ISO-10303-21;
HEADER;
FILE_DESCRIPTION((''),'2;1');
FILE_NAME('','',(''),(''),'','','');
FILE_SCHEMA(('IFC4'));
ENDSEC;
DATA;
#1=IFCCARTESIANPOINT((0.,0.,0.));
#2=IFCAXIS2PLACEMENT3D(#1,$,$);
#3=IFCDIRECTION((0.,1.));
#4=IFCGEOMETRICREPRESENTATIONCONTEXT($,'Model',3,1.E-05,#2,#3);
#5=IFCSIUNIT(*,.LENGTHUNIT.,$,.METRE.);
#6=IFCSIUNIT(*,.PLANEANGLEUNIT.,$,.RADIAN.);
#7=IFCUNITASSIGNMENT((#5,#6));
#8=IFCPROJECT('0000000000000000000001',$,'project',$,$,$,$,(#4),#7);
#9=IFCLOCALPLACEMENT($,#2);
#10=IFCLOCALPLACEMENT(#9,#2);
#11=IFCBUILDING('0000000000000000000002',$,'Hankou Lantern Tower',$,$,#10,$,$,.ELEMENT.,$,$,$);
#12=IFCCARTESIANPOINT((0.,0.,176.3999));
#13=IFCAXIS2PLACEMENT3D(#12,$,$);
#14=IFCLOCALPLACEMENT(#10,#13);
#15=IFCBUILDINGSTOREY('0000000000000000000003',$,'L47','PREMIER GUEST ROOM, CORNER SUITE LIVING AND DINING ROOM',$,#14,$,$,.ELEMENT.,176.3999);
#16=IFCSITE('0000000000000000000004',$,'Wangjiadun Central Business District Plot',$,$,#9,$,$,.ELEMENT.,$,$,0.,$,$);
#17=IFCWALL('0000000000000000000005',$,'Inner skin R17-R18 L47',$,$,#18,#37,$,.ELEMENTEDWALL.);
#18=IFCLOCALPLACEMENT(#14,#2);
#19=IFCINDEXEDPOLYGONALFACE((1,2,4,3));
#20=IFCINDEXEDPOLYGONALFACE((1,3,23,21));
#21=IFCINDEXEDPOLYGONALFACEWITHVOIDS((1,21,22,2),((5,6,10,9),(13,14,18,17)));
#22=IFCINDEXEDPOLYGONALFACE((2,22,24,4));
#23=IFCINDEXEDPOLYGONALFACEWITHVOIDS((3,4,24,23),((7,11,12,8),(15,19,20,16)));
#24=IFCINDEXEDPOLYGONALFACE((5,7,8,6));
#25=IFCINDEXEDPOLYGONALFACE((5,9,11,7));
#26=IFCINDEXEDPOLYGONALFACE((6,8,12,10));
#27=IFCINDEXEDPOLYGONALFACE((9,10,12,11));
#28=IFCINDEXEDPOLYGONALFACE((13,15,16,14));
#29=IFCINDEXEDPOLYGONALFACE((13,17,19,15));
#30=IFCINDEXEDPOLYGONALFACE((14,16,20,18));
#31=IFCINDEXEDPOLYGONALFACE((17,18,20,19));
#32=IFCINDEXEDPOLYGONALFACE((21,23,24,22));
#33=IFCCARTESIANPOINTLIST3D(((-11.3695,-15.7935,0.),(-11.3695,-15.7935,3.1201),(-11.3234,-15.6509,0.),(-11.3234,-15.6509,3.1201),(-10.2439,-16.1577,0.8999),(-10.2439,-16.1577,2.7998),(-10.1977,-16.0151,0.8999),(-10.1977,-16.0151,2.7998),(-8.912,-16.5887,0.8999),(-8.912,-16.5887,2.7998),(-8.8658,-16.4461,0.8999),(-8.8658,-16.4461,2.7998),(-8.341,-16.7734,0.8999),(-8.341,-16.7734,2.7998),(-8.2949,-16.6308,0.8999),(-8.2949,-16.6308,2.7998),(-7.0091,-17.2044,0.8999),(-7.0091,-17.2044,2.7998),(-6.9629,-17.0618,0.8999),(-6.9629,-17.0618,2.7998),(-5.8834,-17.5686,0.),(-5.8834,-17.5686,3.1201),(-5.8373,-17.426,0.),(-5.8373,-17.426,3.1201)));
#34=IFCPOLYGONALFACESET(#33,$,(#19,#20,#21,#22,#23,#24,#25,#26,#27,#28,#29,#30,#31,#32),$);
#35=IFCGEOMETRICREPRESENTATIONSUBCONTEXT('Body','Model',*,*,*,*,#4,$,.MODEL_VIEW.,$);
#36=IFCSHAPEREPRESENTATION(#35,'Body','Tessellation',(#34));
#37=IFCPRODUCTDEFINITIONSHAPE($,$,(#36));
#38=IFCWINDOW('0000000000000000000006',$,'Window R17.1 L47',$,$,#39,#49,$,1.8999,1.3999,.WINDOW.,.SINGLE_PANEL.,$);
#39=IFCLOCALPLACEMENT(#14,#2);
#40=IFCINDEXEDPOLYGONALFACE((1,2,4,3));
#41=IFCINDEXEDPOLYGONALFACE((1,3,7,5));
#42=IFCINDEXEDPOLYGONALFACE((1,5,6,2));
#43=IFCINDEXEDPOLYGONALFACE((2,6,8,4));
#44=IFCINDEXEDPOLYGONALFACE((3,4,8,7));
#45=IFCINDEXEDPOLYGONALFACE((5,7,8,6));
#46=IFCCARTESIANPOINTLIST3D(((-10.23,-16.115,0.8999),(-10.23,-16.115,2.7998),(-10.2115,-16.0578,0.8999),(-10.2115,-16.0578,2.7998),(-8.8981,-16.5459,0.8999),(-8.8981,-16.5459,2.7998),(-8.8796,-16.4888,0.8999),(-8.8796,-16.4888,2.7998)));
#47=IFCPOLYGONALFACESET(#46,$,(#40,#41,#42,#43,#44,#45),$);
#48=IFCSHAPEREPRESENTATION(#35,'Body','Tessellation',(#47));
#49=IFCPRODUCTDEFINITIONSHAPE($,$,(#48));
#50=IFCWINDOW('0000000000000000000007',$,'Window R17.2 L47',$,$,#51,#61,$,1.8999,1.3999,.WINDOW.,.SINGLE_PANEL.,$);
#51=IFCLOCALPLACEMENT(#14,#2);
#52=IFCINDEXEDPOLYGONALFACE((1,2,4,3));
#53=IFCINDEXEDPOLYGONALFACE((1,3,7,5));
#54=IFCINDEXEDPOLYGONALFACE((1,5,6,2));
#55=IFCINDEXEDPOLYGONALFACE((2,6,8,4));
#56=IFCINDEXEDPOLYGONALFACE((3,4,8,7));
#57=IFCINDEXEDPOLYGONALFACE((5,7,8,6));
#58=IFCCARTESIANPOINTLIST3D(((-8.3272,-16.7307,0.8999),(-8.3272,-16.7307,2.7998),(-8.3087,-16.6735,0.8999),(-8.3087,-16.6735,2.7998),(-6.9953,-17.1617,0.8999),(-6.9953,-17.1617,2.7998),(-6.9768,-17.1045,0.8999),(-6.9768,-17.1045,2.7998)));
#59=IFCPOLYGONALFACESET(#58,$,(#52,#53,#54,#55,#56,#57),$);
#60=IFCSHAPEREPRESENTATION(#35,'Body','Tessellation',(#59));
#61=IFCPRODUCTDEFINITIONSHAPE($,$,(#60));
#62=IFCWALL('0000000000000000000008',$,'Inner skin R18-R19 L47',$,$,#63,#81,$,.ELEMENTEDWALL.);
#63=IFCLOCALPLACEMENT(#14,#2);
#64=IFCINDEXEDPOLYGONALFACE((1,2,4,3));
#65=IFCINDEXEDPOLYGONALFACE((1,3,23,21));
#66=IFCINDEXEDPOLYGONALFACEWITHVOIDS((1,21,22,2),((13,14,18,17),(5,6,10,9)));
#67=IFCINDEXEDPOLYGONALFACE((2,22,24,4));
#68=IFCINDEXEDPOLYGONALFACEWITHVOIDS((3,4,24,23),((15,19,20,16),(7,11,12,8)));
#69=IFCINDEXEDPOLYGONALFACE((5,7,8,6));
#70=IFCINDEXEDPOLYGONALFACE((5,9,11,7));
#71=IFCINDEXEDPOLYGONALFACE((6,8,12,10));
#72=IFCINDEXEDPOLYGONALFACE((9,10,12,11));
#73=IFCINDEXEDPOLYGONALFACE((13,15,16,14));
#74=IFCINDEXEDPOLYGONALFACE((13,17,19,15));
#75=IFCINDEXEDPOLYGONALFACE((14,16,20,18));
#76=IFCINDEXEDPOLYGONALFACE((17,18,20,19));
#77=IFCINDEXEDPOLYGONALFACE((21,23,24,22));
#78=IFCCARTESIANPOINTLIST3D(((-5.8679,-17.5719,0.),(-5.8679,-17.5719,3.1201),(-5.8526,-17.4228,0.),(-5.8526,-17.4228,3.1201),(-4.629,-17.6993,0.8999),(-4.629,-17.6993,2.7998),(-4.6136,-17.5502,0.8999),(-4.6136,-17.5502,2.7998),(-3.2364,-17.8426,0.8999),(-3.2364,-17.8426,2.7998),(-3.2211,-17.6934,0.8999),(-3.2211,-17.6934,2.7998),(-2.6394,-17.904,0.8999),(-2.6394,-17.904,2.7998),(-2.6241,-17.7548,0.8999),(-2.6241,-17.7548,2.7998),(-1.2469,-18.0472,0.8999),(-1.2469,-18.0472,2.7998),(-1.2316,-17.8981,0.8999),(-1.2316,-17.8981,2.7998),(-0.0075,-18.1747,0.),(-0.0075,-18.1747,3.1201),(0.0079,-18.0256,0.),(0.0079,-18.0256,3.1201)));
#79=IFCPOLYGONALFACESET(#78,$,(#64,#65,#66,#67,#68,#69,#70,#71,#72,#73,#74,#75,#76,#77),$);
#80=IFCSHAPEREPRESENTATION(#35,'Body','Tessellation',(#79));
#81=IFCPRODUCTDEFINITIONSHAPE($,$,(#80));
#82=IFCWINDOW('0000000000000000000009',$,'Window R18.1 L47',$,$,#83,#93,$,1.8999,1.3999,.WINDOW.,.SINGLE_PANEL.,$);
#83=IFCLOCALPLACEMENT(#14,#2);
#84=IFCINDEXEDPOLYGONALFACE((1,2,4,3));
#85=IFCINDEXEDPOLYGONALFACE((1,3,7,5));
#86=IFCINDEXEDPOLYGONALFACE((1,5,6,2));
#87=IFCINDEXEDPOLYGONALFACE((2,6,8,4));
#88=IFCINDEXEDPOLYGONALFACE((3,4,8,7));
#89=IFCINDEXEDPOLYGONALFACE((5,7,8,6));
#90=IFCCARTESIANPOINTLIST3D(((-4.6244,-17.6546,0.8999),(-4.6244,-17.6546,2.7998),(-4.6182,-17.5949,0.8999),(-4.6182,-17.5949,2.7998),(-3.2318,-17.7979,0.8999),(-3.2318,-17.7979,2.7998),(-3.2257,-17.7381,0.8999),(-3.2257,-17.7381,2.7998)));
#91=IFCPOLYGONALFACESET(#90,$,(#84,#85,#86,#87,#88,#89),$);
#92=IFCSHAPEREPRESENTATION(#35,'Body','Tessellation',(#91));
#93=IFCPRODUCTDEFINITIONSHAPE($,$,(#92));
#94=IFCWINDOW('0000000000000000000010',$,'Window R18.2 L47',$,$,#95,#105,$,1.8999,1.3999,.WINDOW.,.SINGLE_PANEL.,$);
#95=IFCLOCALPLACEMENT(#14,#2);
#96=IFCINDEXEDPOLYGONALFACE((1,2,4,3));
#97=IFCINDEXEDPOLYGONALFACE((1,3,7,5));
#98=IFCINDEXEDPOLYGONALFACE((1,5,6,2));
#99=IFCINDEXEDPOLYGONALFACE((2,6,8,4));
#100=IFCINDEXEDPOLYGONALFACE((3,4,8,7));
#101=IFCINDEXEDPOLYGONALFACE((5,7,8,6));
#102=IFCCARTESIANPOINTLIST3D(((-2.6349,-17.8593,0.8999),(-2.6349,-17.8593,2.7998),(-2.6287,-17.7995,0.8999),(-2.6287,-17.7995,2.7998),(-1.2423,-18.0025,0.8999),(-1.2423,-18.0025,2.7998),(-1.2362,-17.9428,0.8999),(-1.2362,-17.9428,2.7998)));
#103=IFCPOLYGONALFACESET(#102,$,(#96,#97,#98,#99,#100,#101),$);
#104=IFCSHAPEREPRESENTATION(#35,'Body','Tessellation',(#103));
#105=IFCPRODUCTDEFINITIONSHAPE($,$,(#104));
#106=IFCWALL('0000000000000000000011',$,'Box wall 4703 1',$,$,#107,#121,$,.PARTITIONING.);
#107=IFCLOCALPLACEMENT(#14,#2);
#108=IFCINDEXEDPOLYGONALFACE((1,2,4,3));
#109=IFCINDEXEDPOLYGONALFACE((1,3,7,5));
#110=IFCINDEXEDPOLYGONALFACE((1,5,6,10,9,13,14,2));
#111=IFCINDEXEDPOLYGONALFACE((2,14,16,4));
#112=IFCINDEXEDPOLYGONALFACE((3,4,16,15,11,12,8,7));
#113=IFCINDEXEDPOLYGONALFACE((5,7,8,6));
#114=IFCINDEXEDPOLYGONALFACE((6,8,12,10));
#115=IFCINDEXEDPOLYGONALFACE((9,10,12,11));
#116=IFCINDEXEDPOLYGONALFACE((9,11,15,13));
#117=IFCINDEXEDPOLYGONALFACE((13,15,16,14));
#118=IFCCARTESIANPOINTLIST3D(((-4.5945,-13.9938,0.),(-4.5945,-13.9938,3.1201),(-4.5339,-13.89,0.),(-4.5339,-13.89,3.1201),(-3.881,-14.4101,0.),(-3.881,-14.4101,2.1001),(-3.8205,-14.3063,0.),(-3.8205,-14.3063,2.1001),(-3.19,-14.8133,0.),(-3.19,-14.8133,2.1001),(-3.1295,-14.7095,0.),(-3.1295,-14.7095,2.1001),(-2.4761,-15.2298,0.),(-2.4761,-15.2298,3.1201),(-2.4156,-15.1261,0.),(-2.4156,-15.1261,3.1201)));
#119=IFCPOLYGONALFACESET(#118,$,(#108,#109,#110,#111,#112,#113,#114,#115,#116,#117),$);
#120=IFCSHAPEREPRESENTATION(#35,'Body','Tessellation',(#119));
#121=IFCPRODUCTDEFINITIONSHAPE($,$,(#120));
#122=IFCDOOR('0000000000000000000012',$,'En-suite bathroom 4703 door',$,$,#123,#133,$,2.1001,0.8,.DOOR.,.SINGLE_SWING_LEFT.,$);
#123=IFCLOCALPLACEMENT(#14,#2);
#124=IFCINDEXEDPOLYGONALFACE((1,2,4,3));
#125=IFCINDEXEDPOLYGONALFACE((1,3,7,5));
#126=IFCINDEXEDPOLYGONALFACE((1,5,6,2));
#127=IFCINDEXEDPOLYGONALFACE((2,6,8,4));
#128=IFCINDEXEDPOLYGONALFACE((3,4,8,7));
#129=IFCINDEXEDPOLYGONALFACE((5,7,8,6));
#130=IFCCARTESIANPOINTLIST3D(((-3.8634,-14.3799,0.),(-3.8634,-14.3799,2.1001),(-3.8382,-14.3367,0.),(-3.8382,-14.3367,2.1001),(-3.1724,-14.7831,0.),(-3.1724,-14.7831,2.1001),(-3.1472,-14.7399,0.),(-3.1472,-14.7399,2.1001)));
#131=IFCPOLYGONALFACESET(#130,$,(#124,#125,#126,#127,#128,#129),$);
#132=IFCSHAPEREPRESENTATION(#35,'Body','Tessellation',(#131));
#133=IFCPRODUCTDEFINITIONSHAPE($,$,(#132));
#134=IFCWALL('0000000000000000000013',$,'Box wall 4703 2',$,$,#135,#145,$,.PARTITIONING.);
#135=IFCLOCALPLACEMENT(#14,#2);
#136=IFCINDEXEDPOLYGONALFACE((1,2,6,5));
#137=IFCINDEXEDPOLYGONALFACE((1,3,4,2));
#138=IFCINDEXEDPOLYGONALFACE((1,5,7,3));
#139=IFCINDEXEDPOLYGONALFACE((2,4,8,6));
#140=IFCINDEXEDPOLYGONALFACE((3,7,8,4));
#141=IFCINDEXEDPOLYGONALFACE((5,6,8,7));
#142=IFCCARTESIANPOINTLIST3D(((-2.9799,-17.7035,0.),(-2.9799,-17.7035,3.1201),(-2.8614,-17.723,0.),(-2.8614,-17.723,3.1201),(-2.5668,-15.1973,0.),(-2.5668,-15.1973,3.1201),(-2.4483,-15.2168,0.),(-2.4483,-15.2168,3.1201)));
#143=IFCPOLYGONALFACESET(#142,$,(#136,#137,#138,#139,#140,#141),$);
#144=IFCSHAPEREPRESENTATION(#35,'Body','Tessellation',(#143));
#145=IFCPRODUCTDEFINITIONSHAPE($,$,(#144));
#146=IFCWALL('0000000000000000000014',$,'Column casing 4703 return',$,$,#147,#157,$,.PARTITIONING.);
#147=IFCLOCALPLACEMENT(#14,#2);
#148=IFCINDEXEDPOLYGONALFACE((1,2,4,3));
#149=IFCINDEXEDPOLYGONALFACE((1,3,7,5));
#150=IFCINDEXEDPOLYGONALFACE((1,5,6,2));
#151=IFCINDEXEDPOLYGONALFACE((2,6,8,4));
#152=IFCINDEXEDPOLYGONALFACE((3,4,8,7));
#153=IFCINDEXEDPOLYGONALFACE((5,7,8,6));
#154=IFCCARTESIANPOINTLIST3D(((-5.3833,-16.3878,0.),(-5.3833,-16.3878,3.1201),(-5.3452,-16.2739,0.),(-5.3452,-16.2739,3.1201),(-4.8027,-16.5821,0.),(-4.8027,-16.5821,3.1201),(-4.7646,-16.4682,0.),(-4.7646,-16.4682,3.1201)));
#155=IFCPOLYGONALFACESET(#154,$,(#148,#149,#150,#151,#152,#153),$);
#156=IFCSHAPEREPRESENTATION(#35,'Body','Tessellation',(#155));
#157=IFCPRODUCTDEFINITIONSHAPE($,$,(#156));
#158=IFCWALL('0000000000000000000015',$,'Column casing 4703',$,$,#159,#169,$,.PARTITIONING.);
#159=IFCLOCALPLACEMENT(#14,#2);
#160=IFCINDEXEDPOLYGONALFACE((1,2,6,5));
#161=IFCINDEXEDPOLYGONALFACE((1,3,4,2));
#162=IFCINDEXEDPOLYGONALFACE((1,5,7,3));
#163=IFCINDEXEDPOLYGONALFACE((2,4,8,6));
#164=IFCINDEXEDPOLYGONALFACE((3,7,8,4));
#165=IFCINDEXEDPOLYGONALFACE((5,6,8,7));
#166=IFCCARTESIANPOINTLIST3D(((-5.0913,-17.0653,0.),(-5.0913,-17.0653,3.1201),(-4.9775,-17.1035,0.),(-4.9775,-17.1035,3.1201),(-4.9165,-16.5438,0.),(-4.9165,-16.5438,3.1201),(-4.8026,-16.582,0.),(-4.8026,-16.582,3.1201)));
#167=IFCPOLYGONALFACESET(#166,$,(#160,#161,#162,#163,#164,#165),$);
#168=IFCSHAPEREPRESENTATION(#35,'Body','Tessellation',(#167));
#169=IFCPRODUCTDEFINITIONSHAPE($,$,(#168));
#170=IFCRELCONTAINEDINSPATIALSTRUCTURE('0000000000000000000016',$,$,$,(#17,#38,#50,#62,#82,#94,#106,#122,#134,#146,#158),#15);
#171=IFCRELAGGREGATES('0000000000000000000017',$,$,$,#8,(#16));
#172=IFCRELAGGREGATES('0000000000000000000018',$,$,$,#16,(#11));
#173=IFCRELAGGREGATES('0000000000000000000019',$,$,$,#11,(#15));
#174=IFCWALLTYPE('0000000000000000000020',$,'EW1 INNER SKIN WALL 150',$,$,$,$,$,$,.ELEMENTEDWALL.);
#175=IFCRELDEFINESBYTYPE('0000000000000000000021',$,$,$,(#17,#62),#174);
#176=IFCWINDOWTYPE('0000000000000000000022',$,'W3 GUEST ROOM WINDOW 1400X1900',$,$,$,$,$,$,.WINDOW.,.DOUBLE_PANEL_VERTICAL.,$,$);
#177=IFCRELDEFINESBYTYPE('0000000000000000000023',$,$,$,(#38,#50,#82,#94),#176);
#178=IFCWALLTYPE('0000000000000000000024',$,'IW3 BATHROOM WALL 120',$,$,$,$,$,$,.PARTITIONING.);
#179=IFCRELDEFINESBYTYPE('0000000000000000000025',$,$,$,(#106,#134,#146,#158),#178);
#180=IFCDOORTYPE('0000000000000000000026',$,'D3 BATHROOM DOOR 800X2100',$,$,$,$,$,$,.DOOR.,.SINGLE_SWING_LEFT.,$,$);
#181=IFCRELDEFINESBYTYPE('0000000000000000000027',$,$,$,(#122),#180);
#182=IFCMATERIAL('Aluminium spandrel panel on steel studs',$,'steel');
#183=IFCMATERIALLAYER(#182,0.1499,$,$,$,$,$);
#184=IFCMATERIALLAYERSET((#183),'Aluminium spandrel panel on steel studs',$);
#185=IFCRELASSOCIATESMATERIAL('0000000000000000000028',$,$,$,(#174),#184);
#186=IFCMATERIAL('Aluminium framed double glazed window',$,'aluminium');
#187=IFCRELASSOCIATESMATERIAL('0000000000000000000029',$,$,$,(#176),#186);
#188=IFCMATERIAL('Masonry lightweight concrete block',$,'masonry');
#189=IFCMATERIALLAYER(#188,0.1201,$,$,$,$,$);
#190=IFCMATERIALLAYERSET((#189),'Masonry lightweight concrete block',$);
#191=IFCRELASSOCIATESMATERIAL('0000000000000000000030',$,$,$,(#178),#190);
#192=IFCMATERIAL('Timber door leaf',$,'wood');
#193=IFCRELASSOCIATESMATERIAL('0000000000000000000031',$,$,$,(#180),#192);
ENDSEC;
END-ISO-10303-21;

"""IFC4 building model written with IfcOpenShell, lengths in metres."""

from ifc_helpers import new_model, si_unit, direction, frame, frame_2d, origin, place, context, subcontext, project, spatial, rectangle, extrude, material, layer, layer_set, type_object, element, fill, save


model = new_model("IFC4")

# Units and contexts
model_context = context("Model", 3, precision=1e-05, world=origin(), true_north=direction((0.0, 1.0)))
body_context = subcontext(model_context, "Body", "Model", "MODEL_VIEW")
ifc_project = project(units=[si_unit("LENGTHUNIT", "METRE"), si_unit("PLANEANGLEUNIT", "RADIAN")], contexts=[model_context])

# Site, building, storey
site_placement = place(None, origin())
site = spatial("IfcSite", under=ifc_project, at=site_placement, Name="Wangjiadun Central Business District Plot", CompositionType="ELEMENT", RefElevation=0.0)
building_placement = place(site_placement, origin())
building = spatial("IfcBuilding", under=site, at=building_placement, Name="Hankou Lantern Tower", CompositionType="ELEMENT")
storey_placement = place(building_placement, frame((0.0, 0.0, 176.3999)))
storey = spatial("IfcBuildingStorey", under=building, at=storey_placement, Name="L47", Description="PREMIER GUEST ROOM, CORNER SUITE LIVING AND DINING ROOM", CompositionType="ELEMENT", Elevation=176.3999)

# Walls, openings, windows
ifc_material_1 = material(Name="Aluminium spandrel panel on steel studs", Category="steel")
ifc_layer_1 = layer(ifc_material_1, 0.1499)
ifc_layer_set_1 = layer_set([ifc_layer_1], Name="Aluminium spandrel panel on steel studs")
wall_type_1 = type_object("IfcWallType", Name="EW1 INNER SKIN WALL 150", PredefinedType="ELEMENTEDWALL", material=ifc_layer_set_1)
wall_1_placement = place(storey_placement, frame((-11.3464, -15.7222, 0.0), z_axis=(0.0, 0.0, 1.0), x_axis=(0.951432, -0.307857, 0.0)))
wall_1 = element("IfcWall", 1, at=wall_1_placement, inside=storey, type_object=wall_type_1, Name="Inner skin R17-R18 L47", PredefinedType="ELEMENTEDWALL", context=body_context, shape_type="SweptSolid", body=[
    extrude(rectangle(XDim=5.7661, YDim=0.1499, at=frame_2d((2.8831, 0.0))), origin(), (0.0, 0.0, 1.0), 3.1201),
])
opening_1_placement = place(wall_1_placement, frame((1.1831, 0.0, 0.8999)))
opening_1 = element("IfcOpeningElement", 2, at=opening_1_placement, cuts=wall_1, PredefinedType="OPENING", context=body_context, shape_type="SweptSolid", body=[
    extrude(rectangle(XDim=1.3999, YDim=1.8999, at=frame_2d((0.7, 0.95))), frame((0.0, 0.085, 0.0), z_axis=(0.0, -1.0, 0.0), x_axis=(1.0, 0.0, 0.0)), (0.0, 0.0, 1.0), 0.1699),
])
opening_2_placement = place(wall_1_placement, frame((3.1831, 0.0, 0.8999)))
opening_2 = element("IfcOpeningElement", 3, at=opening_2_placement, cuts=wall_1, PredefinedType="OPENING", context=body_context, shape_type="SweptSolid", body=[
    extrude(rectangle(XDim=1.3999, YDim=1.8999, at=frame_2d((0.7, 0.95))), frame((0.0, 0.085, 0.0), z_axis=(0.0, -1.0, 0.0), x_axis=(1.0, 0.0, 0.0)), (0.0, 0.0, 1.0), 0.1699),
])
ifc_material_2 = material(Name="Aluminium framed double glazed window", Category="aluminium")
window_type = type_object("IfcWindowType", Name="W3 GUEST ROOM WINDOW 1400X1900", PartitioningType="DOUBLE_PANEL_VERTICAL", PredefinedType="WINDOW", material=ifc_material_2)
window_1_placement = place(opening_1_placement, origin())
window_1 = element("IfcWindow", 4, at=window_1_placement, inside=storey, type_object=window_type, Name="Window R17.1 L47", OverallHeight=1.8999, OverallWidth=1.3999, PartitioningType="SINGLE_PANEL", PredefinedType="WINDOW", context=body_context, shape_type="SweptSolid", body=[
    extrude(rectangle(XDim=1.3999, YDim=1.8999, at=frame_2d((0.7, 0.95))), frame((0.0, 0.03, 0.0), z_axis=(0.0, -1.0, 0.0), x_axis=(1.0, 0.0, 0.0)), (0.0, 0.0, 1.0), 0.0601),
])
fill(opening_1, window_1)
window_2_placement = place(opening_2_placement, origin())
window_2 = element("IfcWindow", 5, at=window_2_placement, inside=storey, type_object=window_type, Name="Window R17.2 L47", OverallHeight=1.8999, OverallWidth=1.3999, PartitioningType="SINGLE_PANEL", PredefinedType="WINDOW", context=body_context, shape_type="SweptSolid", body=[
    extrude(rectangle(XDim=1.3999, YDim=1.8999, at=frame_2d((0.7, 0.95))), frame((0.0, 0.03, 0.0), z_axis=(0.0, -1.0, 0.0), x_axis=(1.0, 0.0, 0.0)), (0.0, 0.0, 1.0), 0.0601),
])
fill(opening_2, window_2)
wall_2_placement = place(storey_placement, frame((-5.8604, -17.4973, 0.0), z_axis=(0.0, 0.0, 1.0), x_axis=(0.994752, -0.102318, 0.0)))
wall_2 = element("IfcWall", 6, at=wall_2_placement, inside=storey, type_object=wall_type_1, Name="Inner skin R18-R19 L47", PredefinedType="ELEMENTEDWALL", context=body_context, shape_type="SweptSolid", body=[
    extrude(rectangle(XDim=5.8914, YDim=0.1499, at=frame_2d((2.9458, 0.0))), origin(), (0.0, 0.0, 1.0), 3.1201),
])
opening_3_placement = place(wall_2_placement, frame((1.2456, 0.0, 0.8999)))
opening_3 = element("IfcOpeningElement", 7, at=opening_3_placement, cuts=wall_2, PredefinedType="OPENING", context=body_context, shape_type="SweptSolid", body=[
    extrude(rectangle(XDim=1.3999, YDim=1.8999, at=frame_2d((0.7, 0.95))), frame((0.0, 0.085, 0.0), z_axis=(0.0, -1.0, 0.0), x_axis=(1.0, 0.0, 0.0)), (0.0, 0.0, 1.0), 0.1699),
])
opening_4_placement = place(wall_2_placement, frame((3.2456, 0.0, 0.8999)))
opening_4 = element("IfcOpeningElement", 8, at=opening_4_placement, cuts=wall_2, PredefinedType="OPENING", context=body_context, shape_type="SweptSolid", body=[
    extrude(rectangle(XDim=1.3999, YDim=1.8999, at=frame_2d((0.7, 0.95))), frame((0.0, 0.085, 0.0), z_axis=(0.0, -1.0, 0.0), x_axis=(1.0, 0.0, 0.0)), (0.0, 0.0, 1.0), 0.1699),
])
window_3_placement = place(opening_3_placement, origin())
window_3 = element("IfcWindow", 9, at=window_3_placement, inside=storey, type_object=window_type, Name="Window R18.1 L47", OverallHeight=1.8999, OverallWidth=1.3999, PartitioningType="SINGLE_PANEL", PredefinedType="WINDOW", context=body_context, shape_type="SweptSolid", body=[
    extrude(rectangle(XDim=1.3999, YDim=1.8999, at=frame_2d((0.7, 0.95))), frame((0.0, 0.03, 0.0), z_axis=(0.0, -1.0, 0.0), x_axis=(1.0, 0.0, 0.0)), (0.0, 0.0, 1.0), 0.0601),
])
fill(opening_3, window_3)
window_4_placement = place(opening_4_placement, origin())
window_4 = element("IfcWindow", 10, at=window_4_placement, inside=storey, type_object=window_type, Name="Window R18.2 L47", OverallHeight=1.8999, OverallWidth=1.3999, PartitioningType="SINGLE_PANEL", PredefinedType="WINDOW", context=body_context, shape_type="SweptSolid", body=[
    extrude(rectangle(XDim=1.3999, YDim=1.8999, at=frame_2d((0.7, 0.95))), frame((0.0, 0.03, 0.0), z_axis=(0.0, -1.0, 0.0), x_axis=(1.0, 0.0, 0.0)), (0.0, 0.0, 1.0), 0.0601),
])
fill(opening_4, window_4)

# Wall, opening, door
ifc_material_3 = material(Name="Masonry lightweight concrete block", Category="masonry")
ifc_layer_2 = layer(ifc_material_3, 0.1201)
ifc_layer_set_2 = layer_set([ifc_layer_2], Name="Masonry lightweight concrete block")
wall_type_2 = type_object("IfcWallType", Name="IW3 BATHROOM WALL 120", PredefinedType="PARTITIONING", material=ifc_layer_set_2)
wall_3_placement = place(storey_placement, frame((-4.5642, -13.9419, 0.0), z_axis=(0.0, 0.0, 1.0), x_axis=(0.863718, -0.503976, 0.0)))
wall_3 = element("IfcWall", 11, at=wall_3_placement, inside=storey, type_object=wall_type_2, Name="Box wall 4703 1", PredefinedType="PARTITIONING", context=body_context, shape_type="SweptSolid", body=[
    extrude(rectangle(XDim=2.4526, YDim=0.1201, at=frame_2d((1.2263, 0.0))), origin(), (0.0, 0.0, 1.0), 3.1201),
])
opening_5_placement = place(wall_3_placement, frame((0.8262, 0.0, 0.0)))
opening_5 = element("IfcOpeningElement", 12, at=opening_5_placement, cuts=wall_3, PredefinedType="OPENING", context=body_context, shape_type="SweptSolid", body=[
    extrude(rectangle(XDim=0.8, YDim=2.1001, at=frame_2d((0.3999, 1.05))), frame((0.0, 0.0701, 0.0), z_axis=(0.0, -1.0, 0.0), x_axis=(1.0, 0.0, 0.0)), (0.0, 0.0, 1.0), 0.1401),
])
ifc_material_4 = material(Name="Timber door leaf", Category="wood")
door_type = type_object("IfcDoorType", Name="D3 BATHROOM DOOR 800X2100", OperationType="SINGLE_SWING_LEFT", PredefinedType="DOOR", material=ifc_material_4)
door_placement = place(opening_5_placement, origin())
door = element("IfcDoor", 13, at=door_placement, inside=storey, type_object=door_type, Name="En-suite bathroom 4703 door", OperationType="SINGLE_SWING_LEFT", OverallHeight=2.1001, OverallWidth=0.8, PredefinedType="DOOR", context=body_context, shape_type="SweptSolid", body=[
    extrude(rectangle(XDim=0.8, YDim=2.1001, at=frame_2d((0.3999, 1.05))), frame((0.0, 0.0249, 0.0), z_axis=(0.0, -1.0, 0.0), x_axis=(1.0, 0.0, 0.0)), (0.0, 0.0, 1.0), 0.05),
])
fill(opening_5, door)

# Walls
wall_4_placement = place(storey_placement, frame((-2.5076, -15.207, 0.0), z_axis=(0.0, 0.0, 1.0), x_axis=(-0.162637, -0.986686, 0.0)))
element("IfcWall", 14, at=wall_4_placement, inside=storey, type_object=wall_type_2, Name="Box wall 4703 2", PredefinedType="PARTITIONING", context=body_context, shape_type="SweptSolid", body=[
    extrude(rectangle(XDim=2.54, YDim=0.1201, at=frame_2d((1.27, 0.0))), origin(), (0.0, 0.0, 1.0), 3.1201),
])
wall_5_placement = place(storey_placement, frame((-5.3643, -16.3308, 0.0), z_axis=(0.0, 0.0, 1.0), x_axis=(0.948284, -0.317424, 0.0)))
element("IfcWall", 15, at=wall_5_placement, inside=storey, type_object=wall_type_2, Name="Column casing 4703 return", PredefinedType="PARTITIONING", context=body_context, shape_type="SweptSolid", body=[
    extrude(rectangle(XDim=0.6123, YDim=0.1201, at=frame_2d((0.3062, 0.0))), origin(), (0.0, 0.0, 1.0), 3.1201),
])
wall_6_placement = place(storey_placement, frame((-4.8596, -16.563, 0.0), z_axis=(0.0, 0.0, 1.0), x_axis=(-0.317825, -0.948149, 0.0)))
element("IfcWall", 16, at=wall_6_placement, inside=storey, type_object=wall_type_2, Name="Column casing 4703", PredefinedType="PARTITIONING", context=body_context, shape_type="SweptSolid", body=[
    extrude(rectangle(XDim=0.55, YDim=0.1201, at=frame_2d((0.2749, 0.0))), origin(), (0.0, 0.0, 1.0), 3.1201),
])

save(model, "model.ifc")
